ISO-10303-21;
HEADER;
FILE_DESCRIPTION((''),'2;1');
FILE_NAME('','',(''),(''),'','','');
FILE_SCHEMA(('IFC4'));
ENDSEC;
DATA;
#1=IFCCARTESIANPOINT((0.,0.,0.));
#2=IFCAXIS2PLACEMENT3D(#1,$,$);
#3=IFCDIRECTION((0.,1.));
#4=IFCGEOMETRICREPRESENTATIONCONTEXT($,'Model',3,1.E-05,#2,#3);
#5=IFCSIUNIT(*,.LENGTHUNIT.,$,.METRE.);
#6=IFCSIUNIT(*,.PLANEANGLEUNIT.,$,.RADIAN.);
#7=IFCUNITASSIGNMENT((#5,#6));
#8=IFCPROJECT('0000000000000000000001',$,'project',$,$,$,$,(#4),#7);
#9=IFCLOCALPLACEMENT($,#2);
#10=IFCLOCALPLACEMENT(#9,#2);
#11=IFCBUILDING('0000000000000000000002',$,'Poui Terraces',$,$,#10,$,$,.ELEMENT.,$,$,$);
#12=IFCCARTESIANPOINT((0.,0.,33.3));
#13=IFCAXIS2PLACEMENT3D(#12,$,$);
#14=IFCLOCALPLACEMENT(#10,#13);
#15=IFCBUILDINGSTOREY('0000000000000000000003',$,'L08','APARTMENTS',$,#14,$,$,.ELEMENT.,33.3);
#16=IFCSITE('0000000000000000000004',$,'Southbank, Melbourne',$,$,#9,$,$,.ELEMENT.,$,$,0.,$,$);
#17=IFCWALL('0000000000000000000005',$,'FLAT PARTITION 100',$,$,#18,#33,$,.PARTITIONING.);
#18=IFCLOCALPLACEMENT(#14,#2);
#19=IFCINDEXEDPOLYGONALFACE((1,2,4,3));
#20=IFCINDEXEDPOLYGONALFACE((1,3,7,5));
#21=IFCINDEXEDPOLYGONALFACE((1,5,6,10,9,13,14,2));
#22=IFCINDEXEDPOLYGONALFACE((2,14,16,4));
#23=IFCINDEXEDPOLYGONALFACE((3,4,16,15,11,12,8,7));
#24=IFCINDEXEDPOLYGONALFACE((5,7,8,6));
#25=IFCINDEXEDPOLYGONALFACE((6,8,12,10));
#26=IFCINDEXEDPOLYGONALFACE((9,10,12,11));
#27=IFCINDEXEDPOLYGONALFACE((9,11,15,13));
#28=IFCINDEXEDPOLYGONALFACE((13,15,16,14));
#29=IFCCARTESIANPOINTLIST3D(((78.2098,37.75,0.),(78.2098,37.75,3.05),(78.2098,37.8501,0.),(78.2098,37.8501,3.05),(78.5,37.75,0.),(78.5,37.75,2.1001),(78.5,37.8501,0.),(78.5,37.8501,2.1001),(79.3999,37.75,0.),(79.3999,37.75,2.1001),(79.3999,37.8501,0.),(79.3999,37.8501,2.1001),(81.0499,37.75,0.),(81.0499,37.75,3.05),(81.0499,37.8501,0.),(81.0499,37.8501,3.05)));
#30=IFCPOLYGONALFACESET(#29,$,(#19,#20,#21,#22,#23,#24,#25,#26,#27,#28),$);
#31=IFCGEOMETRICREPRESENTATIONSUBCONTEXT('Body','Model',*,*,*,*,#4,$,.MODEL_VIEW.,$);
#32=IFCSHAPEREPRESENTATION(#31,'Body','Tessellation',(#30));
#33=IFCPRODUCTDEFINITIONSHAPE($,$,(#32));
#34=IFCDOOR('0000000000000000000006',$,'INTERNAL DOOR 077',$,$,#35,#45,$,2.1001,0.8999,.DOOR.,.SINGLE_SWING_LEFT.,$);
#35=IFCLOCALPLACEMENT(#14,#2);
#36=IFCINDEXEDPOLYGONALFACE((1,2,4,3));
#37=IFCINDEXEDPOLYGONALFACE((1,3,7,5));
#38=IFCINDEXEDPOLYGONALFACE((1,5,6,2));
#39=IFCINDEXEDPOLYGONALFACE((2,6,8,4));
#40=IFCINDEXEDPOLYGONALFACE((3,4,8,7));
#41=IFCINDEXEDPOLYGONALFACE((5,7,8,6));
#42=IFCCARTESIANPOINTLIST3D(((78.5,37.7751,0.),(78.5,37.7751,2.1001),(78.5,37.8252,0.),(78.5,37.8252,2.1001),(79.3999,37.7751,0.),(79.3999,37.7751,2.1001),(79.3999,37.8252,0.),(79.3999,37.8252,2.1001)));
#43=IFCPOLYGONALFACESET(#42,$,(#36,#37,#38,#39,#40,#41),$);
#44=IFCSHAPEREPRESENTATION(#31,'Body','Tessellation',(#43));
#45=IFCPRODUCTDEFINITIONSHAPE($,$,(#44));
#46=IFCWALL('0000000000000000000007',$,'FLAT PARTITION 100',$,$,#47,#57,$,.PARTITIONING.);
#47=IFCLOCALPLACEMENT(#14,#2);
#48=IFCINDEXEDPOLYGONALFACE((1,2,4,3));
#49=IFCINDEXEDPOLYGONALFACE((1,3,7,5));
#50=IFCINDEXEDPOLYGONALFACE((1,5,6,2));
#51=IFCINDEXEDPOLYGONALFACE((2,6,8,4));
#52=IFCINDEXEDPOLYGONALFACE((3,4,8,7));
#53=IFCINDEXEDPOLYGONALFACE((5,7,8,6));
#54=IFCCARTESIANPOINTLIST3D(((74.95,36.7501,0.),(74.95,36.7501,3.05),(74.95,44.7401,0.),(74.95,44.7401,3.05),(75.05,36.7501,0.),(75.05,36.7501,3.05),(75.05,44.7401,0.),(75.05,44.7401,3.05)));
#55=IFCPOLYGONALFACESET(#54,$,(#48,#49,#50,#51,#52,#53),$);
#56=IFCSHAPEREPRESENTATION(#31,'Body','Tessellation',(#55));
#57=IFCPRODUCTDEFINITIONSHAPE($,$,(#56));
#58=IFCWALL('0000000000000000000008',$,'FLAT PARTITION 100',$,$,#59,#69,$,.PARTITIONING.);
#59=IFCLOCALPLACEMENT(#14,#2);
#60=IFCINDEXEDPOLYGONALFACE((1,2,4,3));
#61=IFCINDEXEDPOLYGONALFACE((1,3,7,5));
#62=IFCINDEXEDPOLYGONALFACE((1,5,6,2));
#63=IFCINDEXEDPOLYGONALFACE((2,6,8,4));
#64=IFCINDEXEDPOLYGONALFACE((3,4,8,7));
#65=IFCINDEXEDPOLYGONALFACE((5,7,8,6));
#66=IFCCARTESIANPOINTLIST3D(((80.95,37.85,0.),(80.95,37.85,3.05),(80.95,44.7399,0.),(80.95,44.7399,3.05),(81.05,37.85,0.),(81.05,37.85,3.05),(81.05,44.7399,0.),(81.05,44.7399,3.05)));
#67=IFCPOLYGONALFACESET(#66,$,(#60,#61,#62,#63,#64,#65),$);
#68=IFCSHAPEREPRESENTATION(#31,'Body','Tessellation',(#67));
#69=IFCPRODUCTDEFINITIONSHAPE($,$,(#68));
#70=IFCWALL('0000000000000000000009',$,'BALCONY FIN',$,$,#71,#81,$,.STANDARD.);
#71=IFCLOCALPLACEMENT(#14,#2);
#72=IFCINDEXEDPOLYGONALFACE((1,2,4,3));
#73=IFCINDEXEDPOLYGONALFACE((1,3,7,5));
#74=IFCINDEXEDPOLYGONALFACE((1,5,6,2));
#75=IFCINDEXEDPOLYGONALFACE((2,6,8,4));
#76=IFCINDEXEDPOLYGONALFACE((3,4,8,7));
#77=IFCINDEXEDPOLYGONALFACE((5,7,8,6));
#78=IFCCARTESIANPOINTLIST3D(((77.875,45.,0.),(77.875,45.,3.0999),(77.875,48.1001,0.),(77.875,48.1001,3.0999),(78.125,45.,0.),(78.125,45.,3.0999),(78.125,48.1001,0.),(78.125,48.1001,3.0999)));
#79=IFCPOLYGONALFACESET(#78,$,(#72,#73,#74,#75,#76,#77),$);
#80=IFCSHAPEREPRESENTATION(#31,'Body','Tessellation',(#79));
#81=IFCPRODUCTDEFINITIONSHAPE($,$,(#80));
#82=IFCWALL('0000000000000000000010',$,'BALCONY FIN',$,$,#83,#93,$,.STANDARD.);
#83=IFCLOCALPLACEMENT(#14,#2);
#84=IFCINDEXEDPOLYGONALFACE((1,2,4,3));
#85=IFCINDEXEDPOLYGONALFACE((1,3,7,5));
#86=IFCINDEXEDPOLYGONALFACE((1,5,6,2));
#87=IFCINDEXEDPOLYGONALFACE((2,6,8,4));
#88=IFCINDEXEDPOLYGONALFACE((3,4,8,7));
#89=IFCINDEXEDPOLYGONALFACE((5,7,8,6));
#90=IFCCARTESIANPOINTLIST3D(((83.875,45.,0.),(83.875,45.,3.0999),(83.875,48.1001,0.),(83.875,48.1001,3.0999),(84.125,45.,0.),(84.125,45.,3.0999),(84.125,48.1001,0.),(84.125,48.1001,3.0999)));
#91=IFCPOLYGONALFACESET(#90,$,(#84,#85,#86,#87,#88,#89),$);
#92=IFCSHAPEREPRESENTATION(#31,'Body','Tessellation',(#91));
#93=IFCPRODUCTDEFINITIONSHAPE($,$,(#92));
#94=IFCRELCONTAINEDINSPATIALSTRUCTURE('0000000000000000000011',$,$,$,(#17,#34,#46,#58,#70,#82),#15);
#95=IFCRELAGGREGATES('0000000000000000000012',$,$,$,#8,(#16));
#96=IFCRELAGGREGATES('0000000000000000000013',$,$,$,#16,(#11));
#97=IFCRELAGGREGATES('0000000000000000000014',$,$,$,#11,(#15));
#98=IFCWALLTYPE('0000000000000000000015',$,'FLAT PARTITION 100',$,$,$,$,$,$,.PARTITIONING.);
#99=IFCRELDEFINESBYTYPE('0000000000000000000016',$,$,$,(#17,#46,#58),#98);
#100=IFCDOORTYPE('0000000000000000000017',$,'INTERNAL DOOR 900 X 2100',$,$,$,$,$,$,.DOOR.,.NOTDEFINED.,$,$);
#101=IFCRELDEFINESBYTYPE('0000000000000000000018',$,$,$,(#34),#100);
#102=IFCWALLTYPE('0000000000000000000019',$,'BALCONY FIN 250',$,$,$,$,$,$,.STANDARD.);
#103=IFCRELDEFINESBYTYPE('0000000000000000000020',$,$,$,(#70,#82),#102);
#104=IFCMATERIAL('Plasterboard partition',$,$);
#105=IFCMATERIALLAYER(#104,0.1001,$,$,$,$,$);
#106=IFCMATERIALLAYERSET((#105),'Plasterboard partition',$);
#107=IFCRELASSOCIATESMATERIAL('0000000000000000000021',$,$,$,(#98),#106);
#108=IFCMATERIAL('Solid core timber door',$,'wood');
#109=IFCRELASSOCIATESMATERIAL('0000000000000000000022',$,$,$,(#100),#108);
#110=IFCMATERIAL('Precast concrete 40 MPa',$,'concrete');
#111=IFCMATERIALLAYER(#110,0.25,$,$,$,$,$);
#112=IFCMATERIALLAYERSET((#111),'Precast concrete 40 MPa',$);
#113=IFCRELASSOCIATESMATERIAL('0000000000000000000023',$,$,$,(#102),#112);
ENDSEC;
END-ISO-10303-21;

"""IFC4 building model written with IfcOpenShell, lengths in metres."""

from ifc_helpers import new_model, si_unit, direction, frame, frame_2d, origin, place, context, subcontext, project, spatial, polyline, rectangle, outline, extrude, source, transform, mapped, material, layer, layer_set, type_object, element, fill, save


model = new_model("IFC4")

# Units and contexts
model_context = context("Model", 3, precision=1e-05, world=origin(), true_north=direction((0.0, 1.0)))
body_context = subcontext(model_context, "Body", "Model", "MODEL_VIEW")
ifc_project = project(units=[si_unit("LENGTHUNIT", "METRE"), si_unit("PLANEANGLEUNIT", "RADIAN")], contexts=[model_context])

# Site, building, storey
site_placement = place(None, origin())
site = spatial("IfcSite", under=ifc_project, at=site_placement, Name="Southbank, Melbourne", CompositionType="ELEMENT", RefElevation=0.0)
building_placement = place(site_placement, origin())
building = spatial("IfcBuilding", under=site, at=building_placement, Name="Poui Terraces", CompositionType="ELEMENT")
storey_placement = place(building_placement, frame((0.0, 0.0, 33.3)))
storey = spatial("IfcBuildingStorey", under=building, at=storey_placement, Name="L08", Description="APARTMENTS", CompositionType="ELEMENT", Elevation=33.3)

# Wall, opening, door
ifc_material_1 = material(Name="Plasterboard partition")
ifc_layer_1 = layer(ifc_material_1, 0.1001)
ifc_layer_set_1 = layer_set([ifc_layer_1], Name="Plasterboard partition")
wall_type_1 = type_object("IfcWallType", Name="FLAT PARTITION 100", PredefinedType="PARTITIONING", material=ifc_layer_set_1)
ifc_material_2 = material(Name="Solid core timber door", Category="wood")
door_type_1 = type_object("IfcDoorType", Name="INTERNAL DOOR 900 X 2100", OperationType="NOTDEFINED", PredefinedType="DOOR", material=ifc_material_2)
wall_1_placement = place(storey_placement, frame((78.21, 37.8, 0.0), z_axis=(0.0, 0.0, 1.0), x_axis=(1.0, 0.0, 0.0)))
wall_1 = element("IfcWall", 1, at=wall_1_placement, inside=storey, type_object=wall_type_1, Name="FLAT PARTITION 100", PredefinedType="PARTITIONING", context=body_context, shape_type="SweptSolid", body=[
    extrude(rectangle(XDim=2.8401, YDim=0.1001, at=frame_2d((1.4199, 0.0))), origin(), (0.0, 0.0, 1.0), 3.05),
])
opening_1_placement = place(wall_1_placement, frame((0.29, 0.0, 0.0)))
opening_1 = element("IfcOpeningElement", 2, at=opening_1_placement, cuts=wall_1, PredefinedType="OPENING", context=body_context, shape_type="SweptSolid", body=[
    extrude(rectangle(XDim=0.8999, YDim=2.1001, at=frame_2d((0.45, 1.05))), frame((0.0, 0.0601, 0.0), z_axis=(0.0, -1.0, 0.0), x_axis=(1.0, 0.0, 0.0)), (0.0, 0.0, 1.0), 0.1201),
])
door_1_placement = place(opening_1_placement, frame((0.8999, 0.0, 0.0), z_axis=(0.0, 0.0, 1.0), x_axis=(-1.0, 0.0, 0.0)))
door_1 = element("IfcDoor", 3, at=door_1_placement, inside=storey, type_object=door_type_1, Name="INTERNAL DOOR 077", OperationType="SINGLE_SWING_LEFT", OverallHeight=2.1001, OverallWidth=0.8999, PredefinedType="DOOR", context=body_context, shape_type="SweptSolid", body=[
    extrude(rectangle(XDim=0.8999, YDim=2.1001, at=frame_2d((0.45, 1.05))), frame((0.0, 0.0249, 0.0), z_axis=(0.0, -1.0, 0.0), x_axis=(1.0, 0.0, 0.0)), (0.0, 0.0, 1.0), 0.05),
])
fill(opening_1, door_1)

# Walls
wall_2_placement = place(storey_placement, frame((75.0, 36.75, 0.0), z_axis=(0.0, 0.0, 1.0), x_axis=(0.0, 1.0, 0.0)))
element("IfcWall", 4, at=wall_2_placement, inside=storey, type_object=wall_type_1, Name="FLAT PARTITION 100", PredefinedType="PARTITIONING", context=body_context, shape_type="SweptSolid", body=[
    extrude(rectangle(XDim=7.99, YDim=0.1001, at=frame_2d((3.9951, 0.0))), origin(), (0.0, 0.0, 1.0), 3.05),
])
wall_3_placement = place(storey_placement, frame((81.0, 37.8501, 0.0), z_axis=(0.0, 0.0, 1.0), x_axis=(0.0, 1.0, 0.0)))
element("IfcWall", 5, at=wall_3_placement, inside=storey, type_object=wall_type_1, Name="FLAT PARTITION 100", PredefinedType="PARTITIONING", context=body_context, shape_type="SweptSolid", body=[
    extrude(rectangle(XDim=6.8899, YDim=0.1001, at=frame_2d((3.4448, 0.0))), origin(), (0.0, 0.0, 1.0), 3.05),
])
ifc_material_3 = material(Name="Precast concrete 40 MPa", Category="concrete")
ifc_layer_2 = layer(ifc_material_3, 0.25)
ifc_layer_set_2 = layer_set([ifc_layer_2], Name="Precast concrete 40 MPa")
wall_type_2 = type_object("IfcWallType", Name="BALCONY FIN 250", PredefinedType="STANDARD", material=ifc_layer_set_2)
shared_shape_1 = source(origin(), body_context, "Body", "SweptSolid", [
    extrude(outline(polyline([(0.0, 0.0), (0.25, 0.0), (0.25, 3.1001), (0.0, 3.1001), (0.0, 0.0)])), origin(), (0.0, 0.0, 1.0), 3.0999),
])
for number, where, name in (
    (6, (77.875, 45.0, 0.0), "BALCONY FIN"),
    (7, (83.875, 45.0, 0.0), "BALCONY FIN"),
):
    element("IfcWall", number, at=place(storey_placement, frame(where)), inside=storey, type_object=wall_type_2, Name=name, PredefinedType="STANDARD", context=body_context, shape_type="MappedRepresentation", body=[
        mapped(shared_shape_1, transform((0.0, 0.0, 0.0))),
    ])

save(model, "model.ifc")
